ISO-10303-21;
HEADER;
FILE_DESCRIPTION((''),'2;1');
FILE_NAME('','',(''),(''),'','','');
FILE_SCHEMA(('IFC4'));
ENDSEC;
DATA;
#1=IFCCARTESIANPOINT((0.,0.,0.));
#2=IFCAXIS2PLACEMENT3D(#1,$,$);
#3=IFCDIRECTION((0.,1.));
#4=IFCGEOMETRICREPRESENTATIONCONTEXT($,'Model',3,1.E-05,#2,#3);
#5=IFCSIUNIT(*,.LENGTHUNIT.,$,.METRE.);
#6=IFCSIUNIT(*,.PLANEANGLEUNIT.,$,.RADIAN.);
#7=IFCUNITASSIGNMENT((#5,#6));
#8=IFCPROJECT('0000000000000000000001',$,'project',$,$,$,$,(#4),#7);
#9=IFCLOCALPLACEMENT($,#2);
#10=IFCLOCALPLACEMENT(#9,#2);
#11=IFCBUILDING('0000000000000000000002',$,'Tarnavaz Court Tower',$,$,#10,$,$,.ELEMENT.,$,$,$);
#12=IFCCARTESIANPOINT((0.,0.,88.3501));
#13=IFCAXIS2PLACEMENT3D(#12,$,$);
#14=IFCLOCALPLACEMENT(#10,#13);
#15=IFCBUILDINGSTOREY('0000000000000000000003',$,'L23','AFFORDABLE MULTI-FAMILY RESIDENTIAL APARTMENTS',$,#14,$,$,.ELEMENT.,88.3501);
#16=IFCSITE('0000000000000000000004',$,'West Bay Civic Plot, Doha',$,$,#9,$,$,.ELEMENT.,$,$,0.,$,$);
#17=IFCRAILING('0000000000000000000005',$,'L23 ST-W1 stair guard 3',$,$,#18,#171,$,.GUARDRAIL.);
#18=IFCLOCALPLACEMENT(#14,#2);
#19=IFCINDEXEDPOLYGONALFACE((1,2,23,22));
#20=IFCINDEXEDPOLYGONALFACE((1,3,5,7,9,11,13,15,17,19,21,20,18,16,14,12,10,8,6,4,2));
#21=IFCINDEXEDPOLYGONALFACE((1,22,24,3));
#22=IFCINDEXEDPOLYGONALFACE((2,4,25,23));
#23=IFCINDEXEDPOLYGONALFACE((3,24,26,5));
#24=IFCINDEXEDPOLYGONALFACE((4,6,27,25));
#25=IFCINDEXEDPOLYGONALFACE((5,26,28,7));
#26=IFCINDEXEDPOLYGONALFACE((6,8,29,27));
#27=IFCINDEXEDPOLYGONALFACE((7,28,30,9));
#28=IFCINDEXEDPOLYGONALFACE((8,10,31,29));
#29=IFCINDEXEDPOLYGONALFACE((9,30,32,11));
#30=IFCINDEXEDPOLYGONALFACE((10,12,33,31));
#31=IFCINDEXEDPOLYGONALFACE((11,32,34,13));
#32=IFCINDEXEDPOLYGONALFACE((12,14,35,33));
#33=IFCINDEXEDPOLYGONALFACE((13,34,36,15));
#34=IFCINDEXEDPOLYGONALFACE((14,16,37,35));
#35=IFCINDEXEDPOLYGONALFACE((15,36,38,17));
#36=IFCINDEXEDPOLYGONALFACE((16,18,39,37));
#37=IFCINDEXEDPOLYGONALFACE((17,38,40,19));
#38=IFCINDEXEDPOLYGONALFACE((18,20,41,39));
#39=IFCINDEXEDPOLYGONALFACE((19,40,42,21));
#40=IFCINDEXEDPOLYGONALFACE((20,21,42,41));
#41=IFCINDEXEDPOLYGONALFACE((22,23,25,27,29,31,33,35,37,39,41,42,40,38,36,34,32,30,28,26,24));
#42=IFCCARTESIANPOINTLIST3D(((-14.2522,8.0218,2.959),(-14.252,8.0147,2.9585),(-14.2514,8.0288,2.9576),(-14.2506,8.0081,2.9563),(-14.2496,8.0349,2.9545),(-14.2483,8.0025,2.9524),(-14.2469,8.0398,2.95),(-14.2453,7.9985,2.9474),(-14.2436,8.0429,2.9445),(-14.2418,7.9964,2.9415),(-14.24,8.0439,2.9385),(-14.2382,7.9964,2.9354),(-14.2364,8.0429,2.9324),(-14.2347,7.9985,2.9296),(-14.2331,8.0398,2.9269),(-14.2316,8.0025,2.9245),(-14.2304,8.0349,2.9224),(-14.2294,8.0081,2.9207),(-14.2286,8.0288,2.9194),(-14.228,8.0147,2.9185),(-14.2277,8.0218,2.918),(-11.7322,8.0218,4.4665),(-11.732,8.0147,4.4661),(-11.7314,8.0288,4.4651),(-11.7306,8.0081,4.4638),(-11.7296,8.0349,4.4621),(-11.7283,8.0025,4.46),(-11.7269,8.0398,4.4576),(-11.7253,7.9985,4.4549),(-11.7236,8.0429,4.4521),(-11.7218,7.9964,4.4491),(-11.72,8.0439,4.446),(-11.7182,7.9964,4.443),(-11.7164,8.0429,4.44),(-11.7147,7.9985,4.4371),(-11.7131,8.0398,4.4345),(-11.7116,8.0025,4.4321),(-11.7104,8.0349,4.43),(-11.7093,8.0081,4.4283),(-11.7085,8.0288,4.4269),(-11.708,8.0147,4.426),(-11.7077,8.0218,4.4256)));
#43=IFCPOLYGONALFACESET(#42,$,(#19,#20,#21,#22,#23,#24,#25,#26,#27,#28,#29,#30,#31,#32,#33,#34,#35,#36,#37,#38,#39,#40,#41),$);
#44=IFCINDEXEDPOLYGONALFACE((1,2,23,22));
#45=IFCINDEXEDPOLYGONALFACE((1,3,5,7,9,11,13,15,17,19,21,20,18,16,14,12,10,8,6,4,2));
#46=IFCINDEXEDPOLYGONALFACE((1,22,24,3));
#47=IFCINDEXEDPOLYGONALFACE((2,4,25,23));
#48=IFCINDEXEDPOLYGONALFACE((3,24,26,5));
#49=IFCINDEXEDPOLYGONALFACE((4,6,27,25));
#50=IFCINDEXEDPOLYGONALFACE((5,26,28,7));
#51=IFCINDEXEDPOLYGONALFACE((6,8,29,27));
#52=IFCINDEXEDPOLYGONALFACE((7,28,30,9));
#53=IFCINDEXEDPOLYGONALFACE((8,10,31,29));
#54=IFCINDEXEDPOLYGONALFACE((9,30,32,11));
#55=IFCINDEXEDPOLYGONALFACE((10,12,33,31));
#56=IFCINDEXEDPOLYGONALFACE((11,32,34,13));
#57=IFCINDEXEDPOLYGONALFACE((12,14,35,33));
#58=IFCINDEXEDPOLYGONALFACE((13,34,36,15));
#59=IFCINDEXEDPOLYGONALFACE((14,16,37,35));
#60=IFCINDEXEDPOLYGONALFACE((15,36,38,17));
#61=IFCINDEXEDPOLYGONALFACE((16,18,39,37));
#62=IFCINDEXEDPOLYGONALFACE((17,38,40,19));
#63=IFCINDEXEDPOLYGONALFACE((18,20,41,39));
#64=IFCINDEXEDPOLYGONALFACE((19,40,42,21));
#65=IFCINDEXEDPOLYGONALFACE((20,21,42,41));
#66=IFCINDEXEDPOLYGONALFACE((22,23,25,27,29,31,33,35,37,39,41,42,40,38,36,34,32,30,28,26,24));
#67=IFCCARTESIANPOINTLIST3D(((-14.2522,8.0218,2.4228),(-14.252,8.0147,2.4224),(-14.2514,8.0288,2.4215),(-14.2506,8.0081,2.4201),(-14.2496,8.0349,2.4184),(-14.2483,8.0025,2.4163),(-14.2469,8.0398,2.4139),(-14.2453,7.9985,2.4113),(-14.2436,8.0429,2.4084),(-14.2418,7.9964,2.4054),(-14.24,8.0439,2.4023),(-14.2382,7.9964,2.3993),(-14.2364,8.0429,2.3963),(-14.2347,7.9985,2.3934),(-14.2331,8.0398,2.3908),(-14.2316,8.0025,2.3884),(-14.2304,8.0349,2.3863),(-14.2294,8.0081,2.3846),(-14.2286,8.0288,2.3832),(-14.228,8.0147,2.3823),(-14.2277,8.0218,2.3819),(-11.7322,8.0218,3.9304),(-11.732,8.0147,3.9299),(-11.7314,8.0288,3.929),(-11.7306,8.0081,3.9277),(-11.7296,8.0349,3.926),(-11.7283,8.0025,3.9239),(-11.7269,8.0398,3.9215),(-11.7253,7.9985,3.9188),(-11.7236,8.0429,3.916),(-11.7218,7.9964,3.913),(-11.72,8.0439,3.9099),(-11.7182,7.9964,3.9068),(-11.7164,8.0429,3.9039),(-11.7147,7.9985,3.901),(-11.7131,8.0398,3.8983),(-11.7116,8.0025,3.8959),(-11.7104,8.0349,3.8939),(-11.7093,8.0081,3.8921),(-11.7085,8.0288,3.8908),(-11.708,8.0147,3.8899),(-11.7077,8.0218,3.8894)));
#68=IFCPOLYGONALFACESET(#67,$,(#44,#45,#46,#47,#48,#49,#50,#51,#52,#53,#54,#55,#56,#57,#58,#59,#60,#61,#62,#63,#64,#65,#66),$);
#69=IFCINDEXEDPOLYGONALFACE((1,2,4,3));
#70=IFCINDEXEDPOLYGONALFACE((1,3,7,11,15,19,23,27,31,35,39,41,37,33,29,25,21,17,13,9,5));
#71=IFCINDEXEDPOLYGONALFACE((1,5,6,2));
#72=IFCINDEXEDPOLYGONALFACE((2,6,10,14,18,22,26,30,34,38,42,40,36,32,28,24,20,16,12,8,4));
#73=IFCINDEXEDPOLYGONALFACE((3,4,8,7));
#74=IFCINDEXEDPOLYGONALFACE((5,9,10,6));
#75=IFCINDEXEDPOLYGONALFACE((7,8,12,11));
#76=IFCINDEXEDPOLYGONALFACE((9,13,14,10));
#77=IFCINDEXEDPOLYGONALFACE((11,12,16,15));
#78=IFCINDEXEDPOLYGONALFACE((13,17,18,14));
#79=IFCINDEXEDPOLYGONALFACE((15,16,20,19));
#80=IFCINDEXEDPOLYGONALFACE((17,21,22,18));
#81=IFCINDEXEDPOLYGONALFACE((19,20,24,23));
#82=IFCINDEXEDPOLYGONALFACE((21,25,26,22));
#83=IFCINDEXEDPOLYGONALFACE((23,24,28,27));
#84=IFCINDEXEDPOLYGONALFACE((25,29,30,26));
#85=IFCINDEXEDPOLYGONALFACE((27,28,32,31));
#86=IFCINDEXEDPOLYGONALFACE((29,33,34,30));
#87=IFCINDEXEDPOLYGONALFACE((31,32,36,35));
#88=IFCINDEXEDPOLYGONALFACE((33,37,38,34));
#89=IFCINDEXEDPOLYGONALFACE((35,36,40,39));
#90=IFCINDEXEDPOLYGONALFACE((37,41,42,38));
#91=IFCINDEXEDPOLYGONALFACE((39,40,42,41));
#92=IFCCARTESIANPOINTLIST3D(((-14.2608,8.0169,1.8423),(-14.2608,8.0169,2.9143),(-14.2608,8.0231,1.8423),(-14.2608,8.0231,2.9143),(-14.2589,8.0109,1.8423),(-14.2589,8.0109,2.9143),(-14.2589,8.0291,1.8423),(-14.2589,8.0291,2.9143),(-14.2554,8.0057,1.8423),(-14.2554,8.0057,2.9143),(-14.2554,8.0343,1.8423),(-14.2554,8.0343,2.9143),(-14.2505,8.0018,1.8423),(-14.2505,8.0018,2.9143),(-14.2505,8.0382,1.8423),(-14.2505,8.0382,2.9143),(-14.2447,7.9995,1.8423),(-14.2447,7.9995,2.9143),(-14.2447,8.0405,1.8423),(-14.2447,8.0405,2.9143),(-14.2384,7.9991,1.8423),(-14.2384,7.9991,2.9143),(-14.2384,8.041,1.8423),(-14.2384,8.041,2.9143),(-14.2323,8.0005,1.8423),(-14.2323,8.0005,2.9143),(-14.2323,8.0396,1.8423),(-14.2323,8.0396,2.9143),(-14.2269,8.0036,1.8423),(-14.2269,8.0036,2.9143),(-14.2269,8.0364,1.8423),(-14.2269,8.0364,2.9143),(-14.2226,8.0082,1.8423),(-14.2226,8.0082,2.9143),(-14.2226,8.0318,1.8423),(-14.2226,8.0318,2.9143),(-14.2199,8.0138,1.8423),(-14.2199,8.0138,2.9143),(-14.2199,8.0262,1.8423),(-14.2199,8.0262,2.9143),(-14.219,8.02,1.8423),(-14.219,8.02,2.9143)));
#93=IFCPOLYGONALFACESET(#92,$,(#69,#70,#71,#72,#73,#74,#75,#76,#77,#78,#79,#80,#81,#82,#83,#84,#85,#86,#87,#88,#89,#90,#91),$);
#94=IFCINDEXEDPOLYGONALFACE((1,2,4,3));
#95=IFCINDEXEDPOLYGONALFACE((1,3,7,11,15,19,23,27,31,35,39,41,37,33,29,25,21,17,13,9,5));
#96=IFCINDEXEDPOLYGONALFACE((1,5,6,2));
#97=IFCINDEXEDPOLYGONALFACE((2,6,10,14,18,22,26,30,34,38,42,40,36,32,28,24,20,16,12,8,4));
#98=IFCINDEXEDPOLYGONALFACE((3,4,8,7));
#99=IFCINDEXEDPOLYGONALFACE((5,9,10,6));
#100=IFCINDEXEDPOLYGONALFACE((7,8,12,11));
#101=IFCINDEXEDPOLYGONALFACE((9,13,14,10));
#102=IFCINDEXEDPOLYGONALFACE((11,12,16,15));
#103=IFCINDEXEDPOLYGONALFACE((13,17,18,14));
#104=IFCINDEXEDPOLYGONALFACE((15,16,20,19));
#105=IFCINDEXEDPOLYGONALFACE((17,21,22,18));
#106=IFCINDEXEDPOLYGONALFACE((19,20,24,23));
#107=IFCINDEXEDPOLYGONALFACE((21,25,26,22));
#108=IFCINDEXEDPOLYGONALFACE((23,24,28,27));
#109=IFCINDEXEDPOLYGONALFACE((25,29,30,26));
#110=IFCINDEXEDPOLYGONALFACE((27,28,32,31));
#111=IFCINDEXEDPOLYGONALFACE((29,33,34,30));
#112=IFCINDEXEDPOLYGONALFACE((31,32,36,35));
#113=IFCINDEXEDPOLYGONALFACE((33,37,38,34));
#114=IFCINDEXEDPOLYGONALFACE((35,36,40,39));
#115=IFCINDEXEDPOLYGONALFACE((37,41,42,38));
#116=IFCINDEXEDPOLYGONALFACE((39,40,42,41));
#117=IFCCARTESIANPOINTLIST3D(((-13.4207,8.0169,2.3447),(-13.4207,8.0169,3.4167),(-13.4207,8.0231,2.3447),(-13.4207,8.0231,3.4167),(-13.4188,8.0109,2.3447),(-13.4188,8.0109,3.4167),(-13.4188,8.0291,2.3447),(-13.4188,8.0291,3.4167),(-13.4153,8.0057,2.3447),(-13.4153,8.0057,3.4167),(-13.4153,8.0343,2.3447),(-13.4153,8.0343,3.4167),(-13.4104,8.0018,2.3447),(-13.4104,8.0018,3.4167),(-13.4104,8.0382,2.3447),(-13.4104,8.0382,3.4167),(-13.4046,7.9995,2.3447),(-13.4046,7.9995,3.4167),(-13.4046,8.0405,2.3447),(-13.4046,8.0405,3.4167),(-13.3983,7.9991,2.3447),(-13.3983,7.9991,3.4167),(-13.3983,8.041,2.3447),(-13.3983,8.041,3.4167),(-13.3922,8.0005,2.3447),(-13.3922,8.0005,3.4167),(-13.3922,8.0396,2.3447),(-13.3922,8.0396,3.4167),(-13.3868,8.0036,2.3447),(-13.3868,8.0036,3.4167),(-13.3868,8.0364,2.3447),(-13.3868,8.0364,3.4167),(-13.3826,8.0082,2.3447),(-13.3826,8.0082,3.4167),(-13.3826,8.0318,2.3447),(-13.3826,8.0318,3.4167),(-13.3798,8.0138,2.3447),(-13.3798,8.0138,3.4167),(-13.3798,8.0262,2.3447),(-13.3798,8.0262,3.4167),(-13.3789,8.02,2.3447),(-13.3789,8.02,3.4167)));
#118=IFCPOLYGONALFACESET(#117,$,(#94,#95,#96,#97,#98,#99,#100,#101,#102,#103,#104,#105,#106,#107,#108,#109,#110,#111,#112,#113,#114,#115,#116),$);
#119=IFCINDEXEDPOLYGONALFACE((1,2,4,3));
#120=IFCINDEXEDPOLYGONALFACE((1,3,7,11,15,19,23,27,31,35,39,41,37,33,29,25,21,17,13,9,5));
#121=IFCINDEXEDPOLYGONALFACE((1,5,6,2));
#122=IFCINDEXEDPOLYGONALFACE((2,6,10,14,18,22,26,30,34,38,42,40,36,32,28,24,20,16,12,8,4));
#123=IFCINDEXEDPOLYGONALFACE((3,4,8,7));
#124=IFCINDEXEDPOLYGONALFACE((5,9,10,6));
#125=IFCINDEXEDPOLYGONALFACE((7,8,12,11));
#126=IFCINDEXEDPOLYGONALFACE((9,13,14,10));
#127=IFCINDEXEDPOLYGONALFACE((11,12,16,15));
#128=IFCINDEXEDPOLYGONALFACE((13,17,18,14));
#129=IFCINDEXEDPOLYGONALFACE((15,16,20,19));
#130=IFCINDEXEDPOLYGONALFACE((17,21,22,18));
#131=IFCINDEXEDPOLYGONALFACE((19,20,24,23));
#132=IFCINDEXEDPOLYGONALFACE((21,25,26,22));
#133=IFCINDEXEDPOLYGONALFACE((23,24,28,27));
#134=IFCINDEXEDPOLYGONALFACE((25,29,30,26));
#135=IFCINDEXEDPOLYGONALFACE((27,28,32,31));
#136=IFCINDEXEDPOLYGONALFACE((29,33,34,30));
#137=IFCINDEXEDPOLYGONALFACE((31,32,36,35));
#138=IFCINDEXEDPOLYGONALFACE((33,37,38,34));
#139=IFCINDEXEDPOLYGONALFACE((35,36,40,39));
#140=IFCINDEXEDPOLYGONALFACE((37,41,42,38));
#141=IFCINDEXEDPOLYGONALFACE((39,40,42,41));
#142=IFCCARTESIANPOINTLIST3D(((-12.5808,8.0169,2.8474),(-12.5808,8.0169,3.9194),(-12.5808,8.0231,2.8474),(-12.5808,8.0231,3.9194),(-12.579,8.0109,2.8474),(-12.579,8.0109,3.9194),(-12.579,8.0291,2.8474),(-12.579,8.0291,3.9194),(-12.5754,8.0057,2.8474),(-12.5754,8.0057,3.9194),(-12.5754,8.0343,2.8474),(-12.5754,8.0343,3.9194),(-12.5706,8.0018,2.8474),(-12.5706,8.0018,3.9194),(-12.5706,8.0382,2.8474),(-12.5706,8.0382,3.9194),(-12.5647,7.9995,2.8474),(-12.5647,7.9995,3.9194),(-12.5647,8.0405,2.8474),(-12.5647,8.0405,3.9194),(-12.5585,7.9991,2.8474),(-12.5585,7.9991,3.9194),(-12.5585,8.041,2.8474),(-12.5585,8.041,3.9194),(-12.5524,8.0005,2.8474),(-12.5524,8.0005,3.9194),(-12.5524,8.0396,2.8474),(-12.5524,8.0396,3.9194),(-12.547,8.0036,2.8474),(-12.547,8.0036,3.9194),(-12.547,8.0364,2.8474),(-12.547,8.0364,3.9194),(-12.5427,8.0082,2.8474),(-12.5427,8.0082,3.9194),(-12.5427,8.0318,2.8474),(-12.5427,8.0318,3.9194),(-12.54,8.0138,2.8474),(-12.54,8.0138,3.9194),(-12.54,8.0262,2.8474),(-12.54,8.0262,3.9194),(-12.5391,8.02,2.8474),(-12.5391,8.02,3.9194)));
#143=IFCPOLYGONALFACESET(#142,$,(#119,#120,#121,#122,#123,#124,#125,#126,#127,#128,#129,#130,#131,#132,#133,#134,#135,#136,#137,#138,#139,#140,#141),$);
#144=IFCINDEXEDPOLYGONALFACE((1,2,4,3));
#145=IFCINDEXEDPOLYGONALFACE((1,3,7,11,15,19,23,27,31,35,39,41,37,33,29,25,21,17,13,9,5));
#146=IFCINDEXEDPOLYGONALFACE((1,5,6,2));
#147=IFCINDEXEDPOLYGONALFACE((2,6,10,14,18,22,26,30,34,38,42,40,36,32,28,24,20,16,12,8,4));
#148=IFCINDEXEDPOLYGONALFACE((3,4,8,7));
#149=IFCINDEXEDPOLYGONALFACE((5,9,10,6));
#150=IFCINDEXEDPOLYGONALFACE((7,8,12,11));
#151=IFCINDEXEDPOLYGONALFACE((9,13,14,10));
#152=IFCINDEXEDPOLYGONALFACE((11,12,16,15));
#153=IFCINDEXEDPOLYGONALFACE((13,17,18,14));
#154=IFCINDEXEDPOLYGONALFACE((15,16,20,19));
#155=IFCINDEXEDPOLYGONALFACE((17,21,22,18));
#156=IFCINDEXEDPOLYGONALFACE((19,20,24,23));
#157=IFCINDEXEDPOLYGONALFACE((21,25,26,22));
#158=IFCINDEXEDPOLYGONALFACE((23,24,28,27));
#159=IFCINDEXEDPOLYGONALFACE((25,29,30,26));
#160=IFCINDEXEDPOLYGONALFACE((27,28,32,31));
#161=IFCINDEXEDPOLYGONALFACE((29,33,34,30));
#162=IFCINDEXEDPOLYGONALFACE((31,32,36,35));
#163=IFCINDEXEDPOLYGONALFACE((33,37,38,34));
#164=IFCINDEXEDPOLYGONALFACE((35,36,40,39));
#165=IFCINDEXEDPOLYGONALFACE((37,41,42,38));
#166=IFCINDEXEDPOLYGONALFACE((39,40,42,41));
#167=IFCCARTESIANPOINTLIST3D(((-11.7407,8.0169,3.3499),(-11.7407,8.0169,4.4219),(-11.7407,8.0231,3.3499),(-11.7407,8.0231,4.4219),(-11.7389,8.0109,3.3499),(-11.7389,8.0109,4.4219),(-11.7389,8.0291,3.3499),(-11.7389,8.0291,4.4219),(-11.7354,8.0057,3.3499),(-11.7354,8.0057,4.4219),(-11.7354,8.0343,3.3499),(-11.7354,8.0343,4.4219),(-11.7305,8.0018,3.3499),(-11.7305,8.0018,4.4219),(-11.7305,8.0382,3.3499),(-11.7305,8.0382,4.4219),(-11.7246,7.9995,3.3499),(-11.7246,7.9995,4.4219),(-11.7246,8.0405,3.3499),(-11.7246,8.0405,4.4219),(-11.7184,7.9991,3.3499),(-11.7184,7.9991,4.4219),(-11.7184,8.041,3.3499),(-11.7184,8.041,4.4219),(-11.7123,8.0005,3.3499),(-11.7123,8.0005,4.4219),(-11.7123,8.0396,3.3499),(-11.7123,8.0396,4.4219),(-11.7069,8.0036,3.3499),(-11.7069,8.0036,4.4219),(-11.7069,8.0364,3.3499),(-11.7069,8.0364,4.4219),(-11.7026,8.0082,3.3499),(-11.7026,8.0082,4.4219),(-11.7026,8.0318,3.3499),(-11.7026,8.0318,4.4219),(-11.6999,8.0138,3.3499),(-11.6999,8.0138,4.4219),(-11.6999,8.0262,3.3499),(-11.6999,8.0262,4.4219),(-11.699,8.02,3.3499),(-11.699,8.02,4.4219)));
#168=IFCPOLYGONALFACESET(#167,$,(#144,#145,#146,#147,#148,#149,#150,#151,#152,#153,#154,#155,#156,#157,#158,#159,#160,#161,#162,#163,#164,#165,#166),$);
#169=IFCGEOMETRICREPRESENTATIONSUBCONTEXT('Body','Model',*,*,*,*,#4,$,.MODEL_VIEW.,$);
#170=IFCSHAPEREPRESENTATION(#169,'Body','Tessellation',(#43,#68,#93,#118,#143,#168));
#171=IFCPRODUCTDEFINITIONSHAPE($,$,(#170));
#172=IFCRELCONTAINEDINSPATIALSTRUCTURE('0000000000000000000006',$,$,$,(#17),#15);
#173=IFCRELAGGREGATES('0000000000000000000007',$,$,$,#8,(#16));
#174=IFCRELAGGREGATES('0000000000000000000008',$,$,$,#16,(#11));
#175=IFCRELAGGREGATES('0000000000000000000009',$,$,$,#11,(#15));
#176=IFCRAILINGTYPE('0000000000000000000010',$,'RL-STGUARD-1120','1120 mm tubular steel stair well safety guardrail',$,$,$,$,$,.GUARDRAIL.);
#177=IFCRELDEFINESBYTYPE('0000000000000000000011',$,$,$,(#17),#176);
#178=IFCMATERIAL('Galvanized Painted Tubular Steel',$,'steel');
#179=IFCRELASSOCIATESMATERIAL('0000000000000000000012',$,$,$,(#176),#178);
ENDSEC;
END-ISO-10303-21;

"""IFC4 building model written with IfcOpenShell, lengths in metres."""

from ifc_helpers import new_model, si_unit, direction, frame, origin, origin_2d, place, context, subcontext, project, spatial, circle, extrude, material, type_object, element, save


model = new_model("IFC4")

# Units and contexts
model_context = context("Model", 3, precision=1e-05, world=origin(), true_north=direction((0.0, 1.0)))
body_context = subcontext(model_context, "Body", "Model", "MODEL_VIEW")
ifc_project = project(units=[si_unit("LENGTHUNIT", "METRE"), si_unit("PLANEANGLEUNIT", "RADIAN")], contexts=[model_context])

# Site, building, storey
site_placement = place(None, origin())
site = spatial("IfcSite", under=ifc_project, at=site_placement, Name="West Bay Civic Plot, Doha", CompositionType="ELEMENT", RefElevation=0.0)
building_placement = place(site_placement, origin())
building = spatial("IfcBuilding", under=site, at=building_placement, Name="Tarnavaz Court Tower", CompositionType="ELEMENT")
storey_placement = place(building_placement, frame((0.0, 0.0, 88.3501)))
storey = spatial("IfcBuildingStorey", under=building, at=storey_placement, Name="L23", Description="AFFORDABLE MULTI-FAMILY RESIDENTIAL APARTMENTS", CompositionType="ELEMENT", Elevation=88.3501)

# Railing
ifc_material_1 = material(Name="Galvanized Painted Tubular Steel", Category="steel")
railing_type_1 = type_object("IfcRailingType", Name="RL-STGUARD-1120", Description="1120 mm tubular steel stair well safety guardrail", PredefinedType="GUARDRAIL", material=ifc_material_1)
railing_1_placement = place(storey_placement, frame((-14.24, 8.02, 1.8423)))
element("IfcRailing", 1, at=railing_1_placement, inside=storey, type_object=railing_type_1, Name="L23 ST-W1 stair guard 3", PredefinedType="GUARDRAIL", context=body_context, shape_type="SweptSolid", body=[
    extrude(circle(Radius=0.0239, at=origin_2d()), frame((0.0, 0.0, 1.0962), z_axis=(0.85816, 0.0, 0.513383), x_axis=(0.0, 1.0, 0.0)), (0.0, 0.0, 1.0), 2.9365),
    extrude(circle(Radius=0.0239, at=origin_2d()), frame((0.0, 0.0, 0.5601), z_axis=(0.85816, 0.0, 0.513383), x_axis=(0.0, 1.0, 0.0)), (0.0, 0.0, 1.0), 2.9365),
    extrude(circle(Radius=0.021, at=origin_2d()), origin(), (0.0, 0.0, 1.0), 1.072),
    extrude(circle(Radius=0.021, at=origin_2d()), frame((0.8401, 0.0, 0.5024)), (0.0, 0.0, 1.0), 1.072),
    extrude(circle(Radius=0.021, at=origin_2d()), frame((1.6799, 0.0, 1.0051)), (0.0, 0.0, 1.0), 1.072),
    extrude(circle(Radius=0.021, at=origin_2d()), frame((2.52, 0.0, 1.5076)), (0.0, 0.0, 1.0), 1.072),
])

save(model, "model.ifc")
